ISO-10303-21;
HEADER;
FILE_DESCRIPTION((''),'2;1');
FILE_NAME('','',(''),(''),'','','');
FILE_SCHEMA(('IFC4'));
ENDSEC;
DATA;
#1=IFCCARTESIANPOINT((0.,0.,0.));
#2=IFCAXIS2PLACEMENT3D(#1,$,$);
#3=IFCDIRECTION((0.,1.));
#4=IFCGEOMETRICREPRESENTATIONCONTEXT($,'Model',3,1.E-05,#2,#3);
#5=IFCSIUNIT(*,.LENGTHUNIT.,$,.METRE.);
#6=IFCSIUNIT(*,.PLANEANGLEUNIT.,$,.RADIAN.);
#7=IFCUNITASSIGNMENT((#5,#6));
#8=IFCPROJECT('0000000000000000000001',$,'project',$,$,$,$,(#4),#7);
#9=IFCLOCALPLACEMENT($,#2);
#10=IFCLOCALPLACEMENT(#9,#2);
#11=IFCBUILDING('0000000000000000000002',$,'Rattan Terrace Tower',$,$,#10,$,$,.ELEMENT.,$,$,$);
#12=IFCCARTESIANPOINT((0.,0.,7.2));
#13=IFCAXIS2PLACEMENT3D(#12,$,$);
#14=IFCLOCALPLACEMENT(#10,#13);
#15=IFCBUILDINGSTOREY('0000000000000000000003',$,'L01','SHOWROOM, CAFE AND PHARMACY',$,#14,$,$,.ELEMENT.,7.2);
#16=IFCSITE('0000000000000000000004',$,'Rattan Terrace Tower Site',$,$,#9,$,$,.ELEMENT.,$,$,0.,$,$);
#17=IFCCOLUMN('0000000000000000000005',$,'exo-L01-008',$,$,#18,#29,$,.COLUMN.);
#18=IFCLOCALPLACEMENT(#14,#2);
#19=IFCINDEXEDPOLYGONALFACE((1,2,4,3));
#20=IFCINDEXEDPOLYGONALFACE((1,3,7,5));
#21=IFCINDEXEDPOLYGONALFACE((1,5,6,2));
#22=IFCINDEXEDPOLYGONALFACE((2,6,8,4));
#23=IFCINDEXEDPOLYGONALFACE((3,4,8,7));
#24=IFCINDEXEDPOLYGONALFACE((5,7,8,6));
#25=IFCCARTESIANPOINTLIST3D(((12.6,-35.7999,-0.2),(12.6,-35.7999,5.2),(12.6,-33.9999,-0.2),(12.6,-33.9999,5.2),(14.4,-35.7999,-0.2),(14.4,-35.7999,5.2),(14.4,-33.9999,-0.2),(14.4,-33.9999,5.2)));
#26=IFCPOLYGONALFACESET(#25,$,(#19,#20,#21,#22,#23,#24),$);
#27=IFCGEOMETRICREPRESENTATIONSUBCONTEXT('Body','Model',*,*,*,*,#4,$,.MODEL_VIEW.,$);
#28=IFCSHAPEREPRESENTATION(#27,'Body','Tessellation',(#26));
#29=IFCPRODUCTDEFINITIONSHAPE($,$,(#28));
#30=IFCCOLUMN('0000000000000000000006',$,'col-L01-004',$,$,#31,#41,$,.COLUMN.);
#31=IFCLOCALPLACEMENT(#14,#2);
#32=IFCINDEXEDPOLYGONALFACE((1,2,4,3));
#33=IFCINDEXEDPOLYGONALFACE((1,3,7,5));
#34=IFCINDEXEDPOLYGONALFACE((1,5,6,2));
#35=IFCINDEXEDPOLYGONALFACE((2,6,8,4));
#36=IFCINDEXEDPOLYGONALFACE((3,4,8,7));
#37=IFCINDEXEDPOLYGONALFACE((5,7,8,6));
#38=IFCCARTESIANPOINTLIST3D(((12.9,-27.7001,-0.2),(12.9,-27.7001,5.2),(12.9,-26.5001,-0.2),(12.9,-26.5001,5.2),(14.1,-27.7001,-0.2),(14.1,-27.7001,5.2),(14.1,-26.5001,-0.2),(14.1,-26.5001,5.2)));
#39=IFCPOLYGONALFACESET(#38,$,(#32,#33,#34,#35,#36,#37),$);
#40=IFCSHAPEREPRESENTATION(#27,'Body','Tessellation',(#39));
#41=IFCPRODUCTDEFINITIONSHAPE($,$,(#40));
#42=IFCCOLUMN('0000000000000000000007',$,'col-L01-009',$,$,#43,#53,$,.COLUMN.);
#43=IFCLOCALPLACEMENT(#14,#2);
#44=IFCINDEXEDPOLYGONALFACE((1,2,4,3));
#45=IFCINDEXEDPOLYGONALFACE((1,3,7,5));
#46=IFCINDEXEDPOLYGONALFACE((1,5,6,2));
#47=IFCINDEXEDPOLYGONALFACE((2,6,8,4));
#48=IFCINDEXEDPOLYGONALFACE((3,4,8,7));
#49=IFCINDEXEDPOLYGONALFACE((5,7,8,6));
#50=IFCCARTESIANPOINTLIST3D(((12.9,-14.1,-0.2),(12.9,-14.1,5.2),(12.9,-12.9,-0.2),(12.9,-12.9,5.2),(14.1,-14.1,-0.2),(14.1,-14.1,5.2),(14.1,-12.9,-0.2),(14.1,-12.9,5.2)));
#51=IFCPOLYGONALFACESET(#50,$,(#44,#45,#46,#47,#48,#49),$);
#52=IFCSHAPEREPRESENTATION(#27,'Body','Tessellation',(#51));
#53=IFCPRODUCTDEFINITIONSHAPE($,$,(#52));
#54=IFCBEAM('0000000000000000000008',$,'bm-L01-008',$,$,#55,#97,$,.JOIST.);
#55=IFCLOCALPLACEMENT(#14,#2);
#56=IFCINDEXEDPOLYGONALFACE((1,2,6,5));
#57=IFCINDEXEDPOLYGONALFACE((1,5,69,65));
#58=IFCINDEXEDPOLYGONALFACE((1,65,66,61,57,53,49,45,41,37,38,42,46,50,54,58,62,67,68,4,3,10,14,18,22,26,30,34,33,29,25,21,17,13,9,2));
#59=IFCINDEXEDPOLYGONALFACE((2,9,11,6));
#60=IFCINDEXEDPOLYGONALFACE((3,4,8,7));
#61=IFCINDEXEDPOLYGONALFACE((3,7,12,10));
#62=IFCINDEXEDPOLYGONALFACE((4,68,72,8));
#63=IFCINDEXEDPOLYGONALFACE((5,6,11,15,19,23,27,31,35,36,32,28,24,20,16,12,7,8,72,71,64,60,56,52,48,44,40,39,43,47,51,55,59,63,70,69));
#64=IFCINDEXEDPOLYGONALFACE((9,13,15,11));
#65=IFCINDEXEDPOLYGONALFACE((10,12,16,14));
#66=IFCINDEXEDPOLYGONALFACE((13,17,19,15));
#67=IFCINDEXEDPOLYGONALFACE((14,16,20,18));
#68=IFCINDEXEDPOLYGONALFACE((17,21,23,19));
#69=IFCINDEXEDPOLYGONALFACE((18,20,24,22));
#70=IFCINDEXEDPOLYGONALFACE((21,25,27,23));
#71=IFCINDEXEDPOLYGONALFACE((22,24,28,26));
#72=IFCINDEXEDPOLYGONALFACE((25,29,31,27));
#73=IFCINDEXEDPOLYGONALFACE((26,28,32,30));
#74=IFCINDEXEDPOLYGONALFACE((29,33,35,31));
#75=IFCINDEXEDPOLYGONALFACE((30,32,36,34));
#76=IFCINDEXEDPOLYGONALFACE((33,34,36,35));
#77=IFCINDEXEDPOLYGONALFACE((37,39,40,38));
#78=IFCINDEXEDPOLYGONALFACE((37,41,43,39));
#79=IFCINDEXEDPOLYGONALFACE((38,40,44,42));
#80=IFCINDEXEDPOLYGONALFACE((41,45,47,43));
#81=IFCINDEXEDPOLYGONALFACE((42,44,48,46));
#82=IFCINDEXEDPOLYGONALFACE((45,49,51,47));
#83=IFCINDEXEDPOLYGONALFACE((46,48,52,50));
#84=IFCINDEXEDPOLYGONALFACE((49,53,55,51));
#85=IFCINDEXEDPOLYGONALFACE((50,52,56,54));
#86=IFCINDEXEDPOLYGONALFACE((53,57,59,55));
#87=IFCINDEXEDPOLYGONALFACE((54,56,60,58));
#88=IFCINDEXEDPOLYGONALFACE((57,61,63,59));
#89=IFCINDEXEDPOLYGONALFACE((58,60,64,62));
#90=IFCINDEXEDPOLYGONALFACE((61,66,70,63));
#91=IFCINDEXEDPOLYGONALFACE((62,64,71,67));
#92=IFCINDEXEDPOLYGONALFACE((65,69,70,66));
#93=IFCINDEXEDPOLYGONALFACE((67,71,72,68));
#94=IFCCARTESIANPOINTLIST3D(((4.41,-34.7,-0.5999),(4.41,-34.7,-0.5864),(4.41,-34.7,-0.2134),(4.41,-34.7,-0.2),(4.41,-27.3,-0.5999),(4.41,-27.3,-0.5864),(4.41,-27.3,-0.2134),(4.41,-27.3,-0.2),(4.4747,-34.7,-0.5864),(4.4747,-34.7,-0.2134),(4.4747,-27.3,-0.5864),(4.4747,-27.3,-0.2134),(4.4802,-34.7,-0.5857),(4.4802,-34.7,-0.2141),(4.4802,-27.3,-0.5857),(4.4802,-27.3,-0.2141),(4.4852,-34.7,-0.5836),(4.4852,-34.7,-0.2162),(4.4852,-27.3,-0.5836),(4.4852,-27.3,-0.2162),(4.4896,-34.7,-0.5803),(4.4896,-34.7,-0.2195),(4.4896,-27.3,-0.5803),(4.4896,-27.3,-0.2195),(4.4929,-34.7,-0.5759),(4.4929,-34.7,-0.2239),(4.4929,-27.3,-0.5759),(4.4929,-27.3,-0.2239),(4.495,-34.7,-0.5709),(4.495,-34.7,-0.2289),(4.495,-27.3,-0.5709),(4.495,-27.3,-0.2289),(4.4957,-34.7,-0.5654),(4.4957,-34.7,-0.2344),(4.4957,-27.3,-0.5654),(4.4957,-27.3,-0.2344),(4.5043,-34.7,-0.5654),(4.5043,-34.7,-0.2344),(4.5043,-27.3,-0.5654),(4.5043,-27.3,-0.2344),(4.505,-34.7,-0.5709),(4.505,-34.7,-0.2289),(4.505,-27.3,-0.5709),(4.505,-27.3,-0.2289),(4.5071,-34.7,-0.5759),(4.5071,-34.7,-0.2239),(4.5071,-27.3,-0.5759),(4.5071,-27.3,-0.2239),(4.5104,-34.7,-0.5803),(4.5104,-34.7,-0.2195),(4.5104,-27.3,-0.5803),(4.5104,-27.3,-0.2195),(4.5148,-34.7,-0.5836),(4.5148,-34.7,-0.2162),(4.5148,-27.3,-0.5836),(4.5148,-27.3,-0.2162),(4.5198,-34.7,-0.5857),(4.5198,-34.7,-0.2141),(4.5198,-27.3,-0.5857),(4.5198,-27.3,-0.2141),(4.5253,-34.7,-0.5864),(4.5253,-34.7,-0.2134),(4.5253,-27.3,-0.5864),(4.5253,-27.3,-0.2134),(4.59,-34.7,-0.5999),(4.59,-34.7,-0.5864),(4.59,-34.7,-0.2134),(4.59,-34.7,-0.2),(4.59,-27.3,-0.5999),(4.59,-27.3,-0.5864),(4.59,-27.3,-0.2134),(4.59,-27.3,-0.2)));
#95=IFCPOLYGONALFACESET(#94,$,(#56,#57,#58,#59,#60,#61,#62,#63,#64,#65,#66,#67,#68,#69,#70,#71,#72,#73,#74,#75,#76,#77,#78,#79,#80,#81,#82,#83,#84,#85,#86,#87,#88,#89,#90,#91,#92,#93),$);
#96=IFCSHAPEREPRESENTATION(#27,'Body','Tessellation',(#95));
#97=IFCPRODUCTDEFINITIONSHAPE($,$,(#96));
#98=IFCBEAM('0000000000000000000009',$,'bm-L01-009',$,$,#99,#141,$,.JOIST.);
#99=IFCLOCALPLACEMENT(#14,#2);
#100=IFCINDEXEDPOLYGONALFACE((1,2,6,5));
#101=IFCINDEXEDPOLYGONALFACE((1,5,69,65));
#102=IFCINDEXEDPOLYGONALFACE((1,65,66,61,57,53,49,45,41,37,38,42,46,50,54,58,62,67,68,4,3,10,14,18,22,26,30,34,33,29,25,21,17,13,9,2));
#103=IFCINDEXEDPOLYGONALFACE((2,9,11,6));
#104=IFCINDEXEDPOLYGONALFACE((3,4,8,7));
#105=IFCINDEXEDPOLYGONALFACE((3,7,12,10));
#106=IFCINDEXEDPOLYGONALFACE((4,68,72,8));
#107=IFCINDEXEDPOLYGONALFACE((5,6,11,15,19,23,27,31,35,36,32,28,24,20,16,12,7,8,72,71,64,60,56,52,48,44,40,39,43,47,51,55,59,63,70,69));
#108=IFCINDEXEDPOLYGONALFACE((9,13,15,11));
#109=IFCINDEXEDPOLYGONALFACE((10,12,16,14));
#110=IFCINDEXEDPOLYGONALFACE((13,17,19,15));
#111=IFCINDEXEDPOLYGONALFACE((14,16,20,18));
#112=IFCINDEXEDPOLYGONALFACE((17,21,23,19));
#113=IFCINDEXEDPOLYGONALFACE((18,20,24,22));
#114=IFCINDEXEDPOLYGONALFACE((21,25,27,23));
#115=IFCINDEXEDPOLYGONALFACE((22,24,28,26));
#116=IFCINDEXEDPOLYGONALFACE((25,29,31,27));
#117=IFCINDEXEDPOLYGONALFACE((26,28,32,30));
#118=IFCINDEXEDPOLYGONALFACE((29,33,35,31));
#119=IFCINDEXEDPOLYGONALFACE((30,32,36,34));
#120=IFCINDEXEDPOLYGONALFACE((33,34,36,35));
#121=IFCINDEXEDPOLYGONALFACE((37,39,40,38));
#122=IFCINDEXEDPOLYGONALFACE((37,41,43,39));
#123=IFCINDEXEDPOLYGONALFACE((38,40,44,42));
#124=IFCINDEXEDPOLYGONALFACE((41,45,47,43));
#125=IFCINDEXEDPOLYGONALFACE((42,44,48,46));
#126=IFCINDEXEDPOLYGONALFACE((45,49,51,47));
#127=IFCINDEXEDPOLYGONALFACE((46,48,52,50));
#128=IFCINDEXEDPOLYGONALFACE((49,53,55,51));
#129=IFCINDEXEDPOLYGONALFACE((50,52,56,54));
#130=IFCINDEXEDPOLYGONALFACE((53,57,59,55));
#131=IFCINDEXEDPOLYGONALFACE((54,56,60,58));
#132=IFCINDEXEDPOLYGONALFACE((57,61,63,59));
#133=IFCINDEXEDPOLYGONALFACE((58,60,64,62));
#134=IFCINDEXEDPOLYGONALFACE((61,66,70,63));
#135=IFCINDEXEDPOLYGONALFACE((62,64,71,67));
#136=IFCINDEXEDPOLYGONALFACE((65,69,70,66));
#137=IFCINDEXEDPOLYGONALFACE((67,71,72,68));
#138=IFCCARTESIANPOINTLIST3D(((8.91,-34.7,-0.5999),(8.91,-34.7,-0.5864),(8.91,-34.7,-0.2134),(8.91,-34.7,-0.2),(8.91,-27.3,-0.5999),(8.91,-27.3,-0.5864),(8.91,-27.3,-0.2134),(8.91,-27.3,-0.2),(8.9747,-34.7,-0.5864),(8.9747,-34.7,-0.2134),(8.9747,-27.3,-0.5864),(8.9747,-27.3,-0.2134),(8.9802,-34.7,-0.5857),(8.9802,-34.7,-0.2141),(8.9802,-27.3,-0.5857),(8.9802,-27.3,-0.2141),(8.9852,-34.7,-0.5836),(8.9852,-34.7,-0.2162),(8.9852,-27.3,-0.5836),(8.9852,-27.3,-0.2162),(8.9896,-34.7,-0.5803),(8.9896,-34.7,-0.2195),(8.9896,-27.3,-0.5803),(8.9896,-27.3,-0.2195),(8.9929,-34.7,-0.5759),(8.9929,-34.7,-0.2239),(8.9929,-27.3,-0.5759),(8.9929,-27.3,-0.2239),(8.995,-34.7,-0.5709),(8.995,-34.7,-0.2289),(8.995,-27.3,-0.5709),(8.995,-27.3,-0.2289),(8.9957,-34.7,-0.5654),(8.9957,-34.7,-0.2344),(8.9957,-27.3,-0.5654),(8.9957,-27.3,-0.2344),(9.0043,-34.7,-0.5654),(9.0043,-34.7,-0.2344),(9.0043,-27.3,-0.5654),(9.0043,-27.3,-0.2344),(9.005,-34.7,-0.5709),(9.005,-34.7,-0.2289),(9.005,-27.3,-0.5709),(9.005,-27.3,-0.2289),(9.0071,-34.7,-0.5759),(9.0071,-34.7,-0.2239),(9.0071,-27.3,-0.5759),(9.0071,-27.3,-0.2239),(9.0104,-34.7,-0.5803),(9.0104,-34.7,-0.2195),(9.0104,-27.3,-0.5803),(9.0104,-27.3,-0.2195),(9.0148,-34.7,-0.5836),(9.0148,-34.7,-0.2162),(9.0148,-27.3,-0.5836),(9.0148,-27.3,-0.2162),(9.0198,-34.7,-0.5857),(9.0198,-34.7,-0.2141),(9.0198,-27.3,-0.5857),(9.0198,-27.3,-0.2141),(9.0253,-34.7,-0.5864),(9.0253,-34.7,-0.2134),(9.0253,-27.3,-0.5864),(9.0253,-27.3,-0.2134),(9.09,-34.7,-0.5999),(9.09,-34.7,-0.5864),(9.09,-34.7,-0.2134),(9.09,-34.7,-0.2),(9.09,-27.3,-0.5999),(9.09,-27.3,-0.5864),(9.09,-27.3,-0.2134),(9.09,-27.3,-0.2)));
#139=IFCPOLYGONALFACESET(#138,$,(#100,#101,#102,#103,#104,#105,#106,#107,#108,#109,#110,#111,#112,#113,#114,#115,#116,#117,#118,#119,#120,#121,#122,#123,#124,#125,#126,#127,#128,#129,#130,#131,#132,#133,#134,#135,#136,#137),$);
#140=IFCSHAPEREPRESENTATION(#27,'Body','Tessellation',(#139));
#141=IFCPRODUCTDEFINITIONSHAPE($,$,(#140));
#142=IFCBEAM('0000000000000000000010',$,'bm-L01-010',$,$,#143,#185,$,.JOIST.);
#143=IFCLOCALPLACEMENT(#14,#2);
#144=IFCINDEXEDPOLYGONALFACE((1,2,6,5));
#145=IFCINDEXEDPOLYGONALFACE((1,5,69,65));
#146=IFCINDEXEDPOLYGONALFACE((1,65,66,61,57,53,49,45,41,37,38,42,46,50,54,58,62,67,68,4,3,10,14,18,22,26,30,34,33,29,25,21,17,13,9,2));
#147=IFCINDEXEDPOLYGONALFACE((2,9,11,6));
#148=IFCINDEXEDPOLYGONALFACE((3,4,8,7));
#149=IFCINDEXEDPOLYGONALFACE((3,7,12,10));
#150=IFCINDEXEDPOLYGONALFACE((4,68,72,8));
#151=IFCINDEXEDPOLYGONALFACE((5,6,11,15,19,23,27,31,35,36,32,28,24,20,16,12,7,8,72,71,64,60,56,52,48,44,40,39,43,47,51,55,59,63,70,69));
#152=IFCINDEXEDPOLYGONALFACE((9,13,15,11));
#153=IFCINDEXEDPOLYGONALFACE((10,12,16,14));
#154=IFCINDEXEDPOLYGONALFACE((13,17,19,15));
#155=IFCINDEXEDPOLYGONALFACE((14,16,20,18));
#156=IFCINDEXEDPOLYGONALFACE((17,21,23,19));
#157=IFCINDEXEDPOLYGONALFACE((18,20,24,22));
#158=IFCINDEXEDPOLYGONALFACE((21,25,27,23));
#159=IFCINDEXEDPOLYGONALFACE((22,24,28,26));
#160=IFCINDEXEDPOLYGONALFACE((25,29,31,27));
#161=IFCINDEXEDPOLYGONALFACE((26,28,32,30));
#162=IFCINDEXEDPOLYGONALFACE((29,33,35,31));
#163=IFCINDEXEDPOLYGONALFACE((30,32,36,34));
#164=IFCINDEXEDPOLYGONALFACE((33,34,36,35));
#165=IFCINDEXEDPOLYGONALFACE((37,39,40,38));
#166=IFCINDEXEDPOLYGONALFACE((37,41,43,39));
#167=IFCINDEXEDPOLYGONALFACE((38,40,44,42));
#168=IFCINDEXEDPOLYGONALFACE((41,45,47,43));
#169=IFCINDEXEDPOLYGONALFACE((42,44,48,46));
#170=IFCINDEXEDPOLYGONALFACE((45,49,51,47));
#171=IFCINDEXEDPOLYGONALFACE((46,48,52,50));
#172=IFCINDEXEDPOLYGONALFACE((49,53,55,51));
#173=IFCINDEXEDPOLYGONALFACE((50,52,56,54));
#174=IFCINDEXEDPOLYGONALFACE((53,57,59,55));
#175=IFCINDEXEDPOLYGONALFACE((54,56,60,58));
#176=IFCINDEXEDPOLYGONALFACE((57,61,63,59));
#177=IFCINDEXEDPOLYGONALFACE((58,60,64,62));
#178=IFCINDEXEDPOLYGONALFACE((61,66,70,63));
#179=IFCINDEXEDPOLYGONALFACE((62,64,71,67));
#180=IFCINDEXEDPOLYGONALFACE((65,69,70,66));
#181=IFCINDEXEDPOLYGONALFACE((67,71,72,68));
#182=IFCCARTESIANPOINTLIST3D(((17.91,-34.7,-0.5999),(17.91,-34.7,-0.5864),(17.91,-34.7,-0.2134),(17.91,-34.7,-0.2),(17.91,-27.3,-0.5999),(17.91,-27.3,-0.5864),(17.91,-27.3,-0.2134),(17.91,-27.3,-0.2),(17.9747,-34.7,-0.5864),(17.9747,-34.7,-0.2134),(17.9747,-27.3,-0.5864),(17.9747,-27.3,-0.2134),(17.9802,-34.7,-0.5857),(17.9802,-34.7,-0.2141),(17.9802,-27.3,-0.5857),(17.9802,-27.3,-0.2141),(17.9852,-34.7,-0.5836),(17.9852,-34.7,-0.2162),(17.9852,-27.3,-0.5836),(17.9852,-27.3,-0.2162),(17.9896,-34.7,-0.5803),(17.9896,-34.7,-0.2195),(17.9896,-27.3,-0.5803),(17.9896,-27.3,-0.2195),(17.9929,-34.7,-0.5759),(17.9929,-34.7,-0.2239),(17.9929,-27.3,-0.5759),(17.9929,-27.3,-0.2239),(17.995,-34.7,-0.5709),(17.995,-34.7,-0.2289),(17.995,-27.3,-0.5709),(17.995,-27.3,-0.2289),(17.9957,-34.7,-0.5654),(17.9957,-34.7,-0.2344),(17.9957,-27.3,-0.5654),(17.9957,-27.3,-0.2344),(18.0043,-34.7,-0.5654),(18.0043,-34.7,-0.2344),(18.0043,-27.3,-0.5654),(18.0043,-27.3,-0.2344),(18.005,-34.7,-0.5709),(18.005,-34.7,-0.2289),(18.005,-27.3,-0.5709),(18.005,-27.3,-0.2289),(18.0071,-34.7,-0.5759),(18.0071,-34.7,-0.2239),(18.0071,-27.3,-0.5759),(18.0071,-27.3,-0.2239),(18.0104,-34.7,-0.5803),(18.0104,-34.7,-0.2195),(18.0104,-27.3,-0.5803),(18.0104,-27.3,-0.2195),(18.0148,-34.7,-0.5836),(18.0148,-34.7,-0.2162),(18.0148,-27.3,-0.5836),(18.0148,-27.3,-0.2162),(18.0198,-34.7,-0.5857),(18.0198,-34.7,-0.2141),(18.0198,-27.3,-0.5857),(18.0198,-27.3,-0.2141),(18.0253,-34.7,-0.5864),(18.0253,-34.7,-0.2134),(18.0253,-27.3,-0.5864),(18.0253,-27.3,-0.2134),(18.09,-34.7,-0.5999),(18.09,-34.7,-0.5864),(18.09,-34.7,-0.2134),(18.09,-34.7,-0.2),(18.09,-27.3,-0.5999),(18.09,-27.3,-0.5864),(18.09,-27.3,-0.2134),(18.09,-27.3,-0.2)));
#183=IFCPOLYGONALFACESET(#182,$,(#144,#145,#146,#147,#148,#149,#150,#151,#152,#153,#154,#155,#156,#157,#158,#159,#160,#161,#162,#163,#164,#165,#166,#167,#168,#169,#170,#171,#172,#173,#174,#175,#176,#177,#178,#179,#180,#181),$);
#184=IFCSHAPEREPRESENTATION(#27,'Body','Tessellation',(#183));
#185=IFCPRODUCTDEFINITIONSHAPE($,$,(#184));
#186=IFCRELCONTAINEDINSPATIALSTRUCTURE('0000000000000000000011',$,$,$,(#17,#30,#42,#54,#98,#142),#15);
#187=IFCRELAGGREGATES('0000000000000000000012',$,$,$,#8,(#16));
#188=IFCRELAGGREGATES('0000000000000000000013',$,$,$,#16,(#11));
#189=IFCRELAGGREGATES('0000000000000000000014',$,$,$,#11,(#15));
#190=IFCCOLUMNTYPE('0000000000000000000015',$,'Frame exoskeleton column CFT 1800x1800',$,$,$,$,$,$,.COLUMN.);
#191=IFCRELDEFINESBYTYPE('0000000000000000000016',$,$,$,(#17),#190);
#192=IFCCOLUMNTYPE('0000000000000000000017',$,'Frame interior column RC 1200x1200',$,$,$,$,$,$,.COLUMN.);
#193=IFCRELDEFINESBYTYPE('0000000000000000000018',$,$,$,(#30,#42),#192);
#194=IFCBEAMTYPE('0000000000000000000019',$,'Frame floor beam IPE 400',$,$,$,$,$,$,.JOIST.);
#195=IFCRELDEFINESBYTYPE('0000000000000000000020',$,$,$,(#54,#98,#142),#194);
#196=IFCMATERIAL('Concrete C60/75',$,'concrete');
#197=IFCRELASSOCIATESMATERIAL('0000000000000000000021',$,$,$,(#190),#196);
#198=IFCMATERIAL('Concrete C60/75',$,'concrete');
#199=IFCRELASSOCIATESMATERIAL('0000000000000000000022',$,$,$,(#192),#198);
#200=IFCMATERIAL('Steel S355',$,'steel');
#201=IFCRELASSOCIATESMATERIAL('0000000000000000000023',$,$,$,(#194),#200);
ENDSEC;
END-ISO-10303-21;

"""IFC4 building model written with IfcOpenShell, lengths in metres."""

from ifc_helpers import new_model, si_unit, direction, frame, origin, origin_2d, place, context, subcontext, project, spatial, rectangle, i_section, extrude, material, material_profile, profile_set, type_object, element, save


model = new_model("IFC4")

# Units and contexts
model_context = context("Model", 3, precision=1e-05, world=origin(), true_north=direction((0.0, 1.0)))
body_context = subcontext(model_context, "Body", "Model", "MODEL_VIEW")
ifc_project = project(units=[si_unit("LENGTHUNIT", "METRE"), si_unit("PLANEANGLEUNIT", "RADIAN")], contexts=[model_context])

# Site, building, storey
site_placement = place(None, origin())
site = spatial("IfcSite", under=ifc_project, at=site_placement, Name="Rattan Terrace Tower Site", CompositionType="ELEMENT", RefElevation=0.0)
building_placement = place(site_placement, origin())
building = spatial("IfcBuilding", under=site, at=building_placement, Name="Rattan Terrace Tower", CompositionType="ELEMENT")
storey_placement = place(building_placement, frame((0.0, 0.0, 7.2)))
storey = spatial("IfcBuildingStorey", under=building, at=storey_placement, Name="L01", Description="SHOWROOM, CAFE AND PHARMACY", CompositionType="ELEMENT", Elevation=7.2)

# Columns
ifc_material_1 = material(Name="Concrete C60/75", Category="concrete")
ifc_material_profile_1 = material_profile(ifc_material_1, rectangle(XDim=1.8, YDim=1.8, at=origin_2d()), Name="CFT 1800x1800")
ifc_profile_set_1 = profile_set([ifc_material_profile_1], Name="Concrete C60/75")
column_type_1 = type_object("IfcColumnType", Name="Frame exoskeleton column CFT 1800x1800", PredefinedType="COLUMN", material=ifc_profile_set_1)
column_placement = place(storey_placement, frame((13.5, -34.8999, -0.2), z_axis=(0.0, 0.0, 1.0), x_axis=(1.0, 0.0, 0.0)))
element("IfcColumn", 1, at=column_placement, inside=storey, type_object=column_type_1, Name="exo-L01-008", PredefinedType="COLUMN", context=body_context, shape_type="SweptSolid", body=[
    extrude(rectangle(XDim=1.8, YDim=1.8, at=origin_2d()), origin(), (0.0, 0.0, 1.0), 5.3999),
])
ifc_material_2 = material(Name="Concrete C60/75", Category="concrete")
ifc_material_profile_2 = material_profile(ifc_material_2, rectangle(XDim=1.2, YDim=1.2, at=origin_2d()), Name="RC 1200x1200")
ifc_profile_set_2 = profile_set([ifc_material_profile_2], Name="Concrete C60/75")
column_type_2 = type_object("IfcColumnType", Name="Frame interior column RC 1200x1200", PredefinedType="COLUMN", material=ifc_profile_set_2)
for number, where, z_axis, x_axis, name in (
    (2, (13.5, -27.1001, -0.2), (0.0, 0.0, 1.0), (1.0, 0.0, 0.0), "col-L01-004"),
    (3, (13.5, -13.5, -0.2), (0.0, 0.0, 1.0), (1.0, 0.0, 0.0), "col-L01-009"),
):
    element("IfcColumn", number, at=place(storey_placement, frame(where, z_axis=z_axis, x_axis=x_axis)), inside=storey, type_object=column_type_2, Name=name, PredefinedType="COLUMN", context=body_context, shape_type="SweptSolid", body=[
        extrude(rectangle(XDim=1.2, YDim=1.2, at=origin_2d()), origin(), (0.0, 0.0, 1.0), 5.3999),
    ])

# Beams
ifc_material_3 = material(Name="Steel S355", Category="steel")
ifc_material_profile_3 = material_profile(ifc_material_3, i_section(OverallWidth=0.1799, OverallDepth=0.3999, WebThickness=0.0085, FlangeThickness=0.0134, FilletRadius=0.021, at=origin_2d()), Name="IPE 400")
ifc_profile_set_3 = profile_set([ifc_material_profile_3], Name="Steel S355")
beam_type_1 = type_object("IfcBeamType", Name="Frame floor beam IPE 400", PredefinedType="JOIST", material=ifc_profile_set_3)
for number, where, z_axis, x_axis, name in (
    (4, (4.5, -34.7, -0.3999), (0.0, 1.0, 0.0), (-1.0, 0.0, 0.0), "bm-L01-008"),
    (5, (9.0, -34.7, -0.3999), (0.0, 1.0, 0.0), (-1.0, 0.0, 0.0), "bm-L01-009"),
    (6, (18.0, -34.7, -0.3999), (0.0, 1.0, 0.0), (-1.0, 0.0, 0.0), "bm-L01-010"),
):
    element("IfcBeam", number, at=place(storey_placement, frame(where, z_axis=z_axis, x_axis=x_axis)), inside=storey, type_object=beam_type_1, Name=name, PredefinedType="JOIST", context=body_context, shape_type="SweptSolid", body=[
        extrude(i_section(OverallWidth=0.1799, OverallDepth=0.3999, WebThickness=0.0085, FlangeThickness=0.0134, FilletRadius=0.021, at=origin_2d()), origin(), (0.0, 0.0, 1.0), 7.3999),
    ])

save(model, "model.ifc")
